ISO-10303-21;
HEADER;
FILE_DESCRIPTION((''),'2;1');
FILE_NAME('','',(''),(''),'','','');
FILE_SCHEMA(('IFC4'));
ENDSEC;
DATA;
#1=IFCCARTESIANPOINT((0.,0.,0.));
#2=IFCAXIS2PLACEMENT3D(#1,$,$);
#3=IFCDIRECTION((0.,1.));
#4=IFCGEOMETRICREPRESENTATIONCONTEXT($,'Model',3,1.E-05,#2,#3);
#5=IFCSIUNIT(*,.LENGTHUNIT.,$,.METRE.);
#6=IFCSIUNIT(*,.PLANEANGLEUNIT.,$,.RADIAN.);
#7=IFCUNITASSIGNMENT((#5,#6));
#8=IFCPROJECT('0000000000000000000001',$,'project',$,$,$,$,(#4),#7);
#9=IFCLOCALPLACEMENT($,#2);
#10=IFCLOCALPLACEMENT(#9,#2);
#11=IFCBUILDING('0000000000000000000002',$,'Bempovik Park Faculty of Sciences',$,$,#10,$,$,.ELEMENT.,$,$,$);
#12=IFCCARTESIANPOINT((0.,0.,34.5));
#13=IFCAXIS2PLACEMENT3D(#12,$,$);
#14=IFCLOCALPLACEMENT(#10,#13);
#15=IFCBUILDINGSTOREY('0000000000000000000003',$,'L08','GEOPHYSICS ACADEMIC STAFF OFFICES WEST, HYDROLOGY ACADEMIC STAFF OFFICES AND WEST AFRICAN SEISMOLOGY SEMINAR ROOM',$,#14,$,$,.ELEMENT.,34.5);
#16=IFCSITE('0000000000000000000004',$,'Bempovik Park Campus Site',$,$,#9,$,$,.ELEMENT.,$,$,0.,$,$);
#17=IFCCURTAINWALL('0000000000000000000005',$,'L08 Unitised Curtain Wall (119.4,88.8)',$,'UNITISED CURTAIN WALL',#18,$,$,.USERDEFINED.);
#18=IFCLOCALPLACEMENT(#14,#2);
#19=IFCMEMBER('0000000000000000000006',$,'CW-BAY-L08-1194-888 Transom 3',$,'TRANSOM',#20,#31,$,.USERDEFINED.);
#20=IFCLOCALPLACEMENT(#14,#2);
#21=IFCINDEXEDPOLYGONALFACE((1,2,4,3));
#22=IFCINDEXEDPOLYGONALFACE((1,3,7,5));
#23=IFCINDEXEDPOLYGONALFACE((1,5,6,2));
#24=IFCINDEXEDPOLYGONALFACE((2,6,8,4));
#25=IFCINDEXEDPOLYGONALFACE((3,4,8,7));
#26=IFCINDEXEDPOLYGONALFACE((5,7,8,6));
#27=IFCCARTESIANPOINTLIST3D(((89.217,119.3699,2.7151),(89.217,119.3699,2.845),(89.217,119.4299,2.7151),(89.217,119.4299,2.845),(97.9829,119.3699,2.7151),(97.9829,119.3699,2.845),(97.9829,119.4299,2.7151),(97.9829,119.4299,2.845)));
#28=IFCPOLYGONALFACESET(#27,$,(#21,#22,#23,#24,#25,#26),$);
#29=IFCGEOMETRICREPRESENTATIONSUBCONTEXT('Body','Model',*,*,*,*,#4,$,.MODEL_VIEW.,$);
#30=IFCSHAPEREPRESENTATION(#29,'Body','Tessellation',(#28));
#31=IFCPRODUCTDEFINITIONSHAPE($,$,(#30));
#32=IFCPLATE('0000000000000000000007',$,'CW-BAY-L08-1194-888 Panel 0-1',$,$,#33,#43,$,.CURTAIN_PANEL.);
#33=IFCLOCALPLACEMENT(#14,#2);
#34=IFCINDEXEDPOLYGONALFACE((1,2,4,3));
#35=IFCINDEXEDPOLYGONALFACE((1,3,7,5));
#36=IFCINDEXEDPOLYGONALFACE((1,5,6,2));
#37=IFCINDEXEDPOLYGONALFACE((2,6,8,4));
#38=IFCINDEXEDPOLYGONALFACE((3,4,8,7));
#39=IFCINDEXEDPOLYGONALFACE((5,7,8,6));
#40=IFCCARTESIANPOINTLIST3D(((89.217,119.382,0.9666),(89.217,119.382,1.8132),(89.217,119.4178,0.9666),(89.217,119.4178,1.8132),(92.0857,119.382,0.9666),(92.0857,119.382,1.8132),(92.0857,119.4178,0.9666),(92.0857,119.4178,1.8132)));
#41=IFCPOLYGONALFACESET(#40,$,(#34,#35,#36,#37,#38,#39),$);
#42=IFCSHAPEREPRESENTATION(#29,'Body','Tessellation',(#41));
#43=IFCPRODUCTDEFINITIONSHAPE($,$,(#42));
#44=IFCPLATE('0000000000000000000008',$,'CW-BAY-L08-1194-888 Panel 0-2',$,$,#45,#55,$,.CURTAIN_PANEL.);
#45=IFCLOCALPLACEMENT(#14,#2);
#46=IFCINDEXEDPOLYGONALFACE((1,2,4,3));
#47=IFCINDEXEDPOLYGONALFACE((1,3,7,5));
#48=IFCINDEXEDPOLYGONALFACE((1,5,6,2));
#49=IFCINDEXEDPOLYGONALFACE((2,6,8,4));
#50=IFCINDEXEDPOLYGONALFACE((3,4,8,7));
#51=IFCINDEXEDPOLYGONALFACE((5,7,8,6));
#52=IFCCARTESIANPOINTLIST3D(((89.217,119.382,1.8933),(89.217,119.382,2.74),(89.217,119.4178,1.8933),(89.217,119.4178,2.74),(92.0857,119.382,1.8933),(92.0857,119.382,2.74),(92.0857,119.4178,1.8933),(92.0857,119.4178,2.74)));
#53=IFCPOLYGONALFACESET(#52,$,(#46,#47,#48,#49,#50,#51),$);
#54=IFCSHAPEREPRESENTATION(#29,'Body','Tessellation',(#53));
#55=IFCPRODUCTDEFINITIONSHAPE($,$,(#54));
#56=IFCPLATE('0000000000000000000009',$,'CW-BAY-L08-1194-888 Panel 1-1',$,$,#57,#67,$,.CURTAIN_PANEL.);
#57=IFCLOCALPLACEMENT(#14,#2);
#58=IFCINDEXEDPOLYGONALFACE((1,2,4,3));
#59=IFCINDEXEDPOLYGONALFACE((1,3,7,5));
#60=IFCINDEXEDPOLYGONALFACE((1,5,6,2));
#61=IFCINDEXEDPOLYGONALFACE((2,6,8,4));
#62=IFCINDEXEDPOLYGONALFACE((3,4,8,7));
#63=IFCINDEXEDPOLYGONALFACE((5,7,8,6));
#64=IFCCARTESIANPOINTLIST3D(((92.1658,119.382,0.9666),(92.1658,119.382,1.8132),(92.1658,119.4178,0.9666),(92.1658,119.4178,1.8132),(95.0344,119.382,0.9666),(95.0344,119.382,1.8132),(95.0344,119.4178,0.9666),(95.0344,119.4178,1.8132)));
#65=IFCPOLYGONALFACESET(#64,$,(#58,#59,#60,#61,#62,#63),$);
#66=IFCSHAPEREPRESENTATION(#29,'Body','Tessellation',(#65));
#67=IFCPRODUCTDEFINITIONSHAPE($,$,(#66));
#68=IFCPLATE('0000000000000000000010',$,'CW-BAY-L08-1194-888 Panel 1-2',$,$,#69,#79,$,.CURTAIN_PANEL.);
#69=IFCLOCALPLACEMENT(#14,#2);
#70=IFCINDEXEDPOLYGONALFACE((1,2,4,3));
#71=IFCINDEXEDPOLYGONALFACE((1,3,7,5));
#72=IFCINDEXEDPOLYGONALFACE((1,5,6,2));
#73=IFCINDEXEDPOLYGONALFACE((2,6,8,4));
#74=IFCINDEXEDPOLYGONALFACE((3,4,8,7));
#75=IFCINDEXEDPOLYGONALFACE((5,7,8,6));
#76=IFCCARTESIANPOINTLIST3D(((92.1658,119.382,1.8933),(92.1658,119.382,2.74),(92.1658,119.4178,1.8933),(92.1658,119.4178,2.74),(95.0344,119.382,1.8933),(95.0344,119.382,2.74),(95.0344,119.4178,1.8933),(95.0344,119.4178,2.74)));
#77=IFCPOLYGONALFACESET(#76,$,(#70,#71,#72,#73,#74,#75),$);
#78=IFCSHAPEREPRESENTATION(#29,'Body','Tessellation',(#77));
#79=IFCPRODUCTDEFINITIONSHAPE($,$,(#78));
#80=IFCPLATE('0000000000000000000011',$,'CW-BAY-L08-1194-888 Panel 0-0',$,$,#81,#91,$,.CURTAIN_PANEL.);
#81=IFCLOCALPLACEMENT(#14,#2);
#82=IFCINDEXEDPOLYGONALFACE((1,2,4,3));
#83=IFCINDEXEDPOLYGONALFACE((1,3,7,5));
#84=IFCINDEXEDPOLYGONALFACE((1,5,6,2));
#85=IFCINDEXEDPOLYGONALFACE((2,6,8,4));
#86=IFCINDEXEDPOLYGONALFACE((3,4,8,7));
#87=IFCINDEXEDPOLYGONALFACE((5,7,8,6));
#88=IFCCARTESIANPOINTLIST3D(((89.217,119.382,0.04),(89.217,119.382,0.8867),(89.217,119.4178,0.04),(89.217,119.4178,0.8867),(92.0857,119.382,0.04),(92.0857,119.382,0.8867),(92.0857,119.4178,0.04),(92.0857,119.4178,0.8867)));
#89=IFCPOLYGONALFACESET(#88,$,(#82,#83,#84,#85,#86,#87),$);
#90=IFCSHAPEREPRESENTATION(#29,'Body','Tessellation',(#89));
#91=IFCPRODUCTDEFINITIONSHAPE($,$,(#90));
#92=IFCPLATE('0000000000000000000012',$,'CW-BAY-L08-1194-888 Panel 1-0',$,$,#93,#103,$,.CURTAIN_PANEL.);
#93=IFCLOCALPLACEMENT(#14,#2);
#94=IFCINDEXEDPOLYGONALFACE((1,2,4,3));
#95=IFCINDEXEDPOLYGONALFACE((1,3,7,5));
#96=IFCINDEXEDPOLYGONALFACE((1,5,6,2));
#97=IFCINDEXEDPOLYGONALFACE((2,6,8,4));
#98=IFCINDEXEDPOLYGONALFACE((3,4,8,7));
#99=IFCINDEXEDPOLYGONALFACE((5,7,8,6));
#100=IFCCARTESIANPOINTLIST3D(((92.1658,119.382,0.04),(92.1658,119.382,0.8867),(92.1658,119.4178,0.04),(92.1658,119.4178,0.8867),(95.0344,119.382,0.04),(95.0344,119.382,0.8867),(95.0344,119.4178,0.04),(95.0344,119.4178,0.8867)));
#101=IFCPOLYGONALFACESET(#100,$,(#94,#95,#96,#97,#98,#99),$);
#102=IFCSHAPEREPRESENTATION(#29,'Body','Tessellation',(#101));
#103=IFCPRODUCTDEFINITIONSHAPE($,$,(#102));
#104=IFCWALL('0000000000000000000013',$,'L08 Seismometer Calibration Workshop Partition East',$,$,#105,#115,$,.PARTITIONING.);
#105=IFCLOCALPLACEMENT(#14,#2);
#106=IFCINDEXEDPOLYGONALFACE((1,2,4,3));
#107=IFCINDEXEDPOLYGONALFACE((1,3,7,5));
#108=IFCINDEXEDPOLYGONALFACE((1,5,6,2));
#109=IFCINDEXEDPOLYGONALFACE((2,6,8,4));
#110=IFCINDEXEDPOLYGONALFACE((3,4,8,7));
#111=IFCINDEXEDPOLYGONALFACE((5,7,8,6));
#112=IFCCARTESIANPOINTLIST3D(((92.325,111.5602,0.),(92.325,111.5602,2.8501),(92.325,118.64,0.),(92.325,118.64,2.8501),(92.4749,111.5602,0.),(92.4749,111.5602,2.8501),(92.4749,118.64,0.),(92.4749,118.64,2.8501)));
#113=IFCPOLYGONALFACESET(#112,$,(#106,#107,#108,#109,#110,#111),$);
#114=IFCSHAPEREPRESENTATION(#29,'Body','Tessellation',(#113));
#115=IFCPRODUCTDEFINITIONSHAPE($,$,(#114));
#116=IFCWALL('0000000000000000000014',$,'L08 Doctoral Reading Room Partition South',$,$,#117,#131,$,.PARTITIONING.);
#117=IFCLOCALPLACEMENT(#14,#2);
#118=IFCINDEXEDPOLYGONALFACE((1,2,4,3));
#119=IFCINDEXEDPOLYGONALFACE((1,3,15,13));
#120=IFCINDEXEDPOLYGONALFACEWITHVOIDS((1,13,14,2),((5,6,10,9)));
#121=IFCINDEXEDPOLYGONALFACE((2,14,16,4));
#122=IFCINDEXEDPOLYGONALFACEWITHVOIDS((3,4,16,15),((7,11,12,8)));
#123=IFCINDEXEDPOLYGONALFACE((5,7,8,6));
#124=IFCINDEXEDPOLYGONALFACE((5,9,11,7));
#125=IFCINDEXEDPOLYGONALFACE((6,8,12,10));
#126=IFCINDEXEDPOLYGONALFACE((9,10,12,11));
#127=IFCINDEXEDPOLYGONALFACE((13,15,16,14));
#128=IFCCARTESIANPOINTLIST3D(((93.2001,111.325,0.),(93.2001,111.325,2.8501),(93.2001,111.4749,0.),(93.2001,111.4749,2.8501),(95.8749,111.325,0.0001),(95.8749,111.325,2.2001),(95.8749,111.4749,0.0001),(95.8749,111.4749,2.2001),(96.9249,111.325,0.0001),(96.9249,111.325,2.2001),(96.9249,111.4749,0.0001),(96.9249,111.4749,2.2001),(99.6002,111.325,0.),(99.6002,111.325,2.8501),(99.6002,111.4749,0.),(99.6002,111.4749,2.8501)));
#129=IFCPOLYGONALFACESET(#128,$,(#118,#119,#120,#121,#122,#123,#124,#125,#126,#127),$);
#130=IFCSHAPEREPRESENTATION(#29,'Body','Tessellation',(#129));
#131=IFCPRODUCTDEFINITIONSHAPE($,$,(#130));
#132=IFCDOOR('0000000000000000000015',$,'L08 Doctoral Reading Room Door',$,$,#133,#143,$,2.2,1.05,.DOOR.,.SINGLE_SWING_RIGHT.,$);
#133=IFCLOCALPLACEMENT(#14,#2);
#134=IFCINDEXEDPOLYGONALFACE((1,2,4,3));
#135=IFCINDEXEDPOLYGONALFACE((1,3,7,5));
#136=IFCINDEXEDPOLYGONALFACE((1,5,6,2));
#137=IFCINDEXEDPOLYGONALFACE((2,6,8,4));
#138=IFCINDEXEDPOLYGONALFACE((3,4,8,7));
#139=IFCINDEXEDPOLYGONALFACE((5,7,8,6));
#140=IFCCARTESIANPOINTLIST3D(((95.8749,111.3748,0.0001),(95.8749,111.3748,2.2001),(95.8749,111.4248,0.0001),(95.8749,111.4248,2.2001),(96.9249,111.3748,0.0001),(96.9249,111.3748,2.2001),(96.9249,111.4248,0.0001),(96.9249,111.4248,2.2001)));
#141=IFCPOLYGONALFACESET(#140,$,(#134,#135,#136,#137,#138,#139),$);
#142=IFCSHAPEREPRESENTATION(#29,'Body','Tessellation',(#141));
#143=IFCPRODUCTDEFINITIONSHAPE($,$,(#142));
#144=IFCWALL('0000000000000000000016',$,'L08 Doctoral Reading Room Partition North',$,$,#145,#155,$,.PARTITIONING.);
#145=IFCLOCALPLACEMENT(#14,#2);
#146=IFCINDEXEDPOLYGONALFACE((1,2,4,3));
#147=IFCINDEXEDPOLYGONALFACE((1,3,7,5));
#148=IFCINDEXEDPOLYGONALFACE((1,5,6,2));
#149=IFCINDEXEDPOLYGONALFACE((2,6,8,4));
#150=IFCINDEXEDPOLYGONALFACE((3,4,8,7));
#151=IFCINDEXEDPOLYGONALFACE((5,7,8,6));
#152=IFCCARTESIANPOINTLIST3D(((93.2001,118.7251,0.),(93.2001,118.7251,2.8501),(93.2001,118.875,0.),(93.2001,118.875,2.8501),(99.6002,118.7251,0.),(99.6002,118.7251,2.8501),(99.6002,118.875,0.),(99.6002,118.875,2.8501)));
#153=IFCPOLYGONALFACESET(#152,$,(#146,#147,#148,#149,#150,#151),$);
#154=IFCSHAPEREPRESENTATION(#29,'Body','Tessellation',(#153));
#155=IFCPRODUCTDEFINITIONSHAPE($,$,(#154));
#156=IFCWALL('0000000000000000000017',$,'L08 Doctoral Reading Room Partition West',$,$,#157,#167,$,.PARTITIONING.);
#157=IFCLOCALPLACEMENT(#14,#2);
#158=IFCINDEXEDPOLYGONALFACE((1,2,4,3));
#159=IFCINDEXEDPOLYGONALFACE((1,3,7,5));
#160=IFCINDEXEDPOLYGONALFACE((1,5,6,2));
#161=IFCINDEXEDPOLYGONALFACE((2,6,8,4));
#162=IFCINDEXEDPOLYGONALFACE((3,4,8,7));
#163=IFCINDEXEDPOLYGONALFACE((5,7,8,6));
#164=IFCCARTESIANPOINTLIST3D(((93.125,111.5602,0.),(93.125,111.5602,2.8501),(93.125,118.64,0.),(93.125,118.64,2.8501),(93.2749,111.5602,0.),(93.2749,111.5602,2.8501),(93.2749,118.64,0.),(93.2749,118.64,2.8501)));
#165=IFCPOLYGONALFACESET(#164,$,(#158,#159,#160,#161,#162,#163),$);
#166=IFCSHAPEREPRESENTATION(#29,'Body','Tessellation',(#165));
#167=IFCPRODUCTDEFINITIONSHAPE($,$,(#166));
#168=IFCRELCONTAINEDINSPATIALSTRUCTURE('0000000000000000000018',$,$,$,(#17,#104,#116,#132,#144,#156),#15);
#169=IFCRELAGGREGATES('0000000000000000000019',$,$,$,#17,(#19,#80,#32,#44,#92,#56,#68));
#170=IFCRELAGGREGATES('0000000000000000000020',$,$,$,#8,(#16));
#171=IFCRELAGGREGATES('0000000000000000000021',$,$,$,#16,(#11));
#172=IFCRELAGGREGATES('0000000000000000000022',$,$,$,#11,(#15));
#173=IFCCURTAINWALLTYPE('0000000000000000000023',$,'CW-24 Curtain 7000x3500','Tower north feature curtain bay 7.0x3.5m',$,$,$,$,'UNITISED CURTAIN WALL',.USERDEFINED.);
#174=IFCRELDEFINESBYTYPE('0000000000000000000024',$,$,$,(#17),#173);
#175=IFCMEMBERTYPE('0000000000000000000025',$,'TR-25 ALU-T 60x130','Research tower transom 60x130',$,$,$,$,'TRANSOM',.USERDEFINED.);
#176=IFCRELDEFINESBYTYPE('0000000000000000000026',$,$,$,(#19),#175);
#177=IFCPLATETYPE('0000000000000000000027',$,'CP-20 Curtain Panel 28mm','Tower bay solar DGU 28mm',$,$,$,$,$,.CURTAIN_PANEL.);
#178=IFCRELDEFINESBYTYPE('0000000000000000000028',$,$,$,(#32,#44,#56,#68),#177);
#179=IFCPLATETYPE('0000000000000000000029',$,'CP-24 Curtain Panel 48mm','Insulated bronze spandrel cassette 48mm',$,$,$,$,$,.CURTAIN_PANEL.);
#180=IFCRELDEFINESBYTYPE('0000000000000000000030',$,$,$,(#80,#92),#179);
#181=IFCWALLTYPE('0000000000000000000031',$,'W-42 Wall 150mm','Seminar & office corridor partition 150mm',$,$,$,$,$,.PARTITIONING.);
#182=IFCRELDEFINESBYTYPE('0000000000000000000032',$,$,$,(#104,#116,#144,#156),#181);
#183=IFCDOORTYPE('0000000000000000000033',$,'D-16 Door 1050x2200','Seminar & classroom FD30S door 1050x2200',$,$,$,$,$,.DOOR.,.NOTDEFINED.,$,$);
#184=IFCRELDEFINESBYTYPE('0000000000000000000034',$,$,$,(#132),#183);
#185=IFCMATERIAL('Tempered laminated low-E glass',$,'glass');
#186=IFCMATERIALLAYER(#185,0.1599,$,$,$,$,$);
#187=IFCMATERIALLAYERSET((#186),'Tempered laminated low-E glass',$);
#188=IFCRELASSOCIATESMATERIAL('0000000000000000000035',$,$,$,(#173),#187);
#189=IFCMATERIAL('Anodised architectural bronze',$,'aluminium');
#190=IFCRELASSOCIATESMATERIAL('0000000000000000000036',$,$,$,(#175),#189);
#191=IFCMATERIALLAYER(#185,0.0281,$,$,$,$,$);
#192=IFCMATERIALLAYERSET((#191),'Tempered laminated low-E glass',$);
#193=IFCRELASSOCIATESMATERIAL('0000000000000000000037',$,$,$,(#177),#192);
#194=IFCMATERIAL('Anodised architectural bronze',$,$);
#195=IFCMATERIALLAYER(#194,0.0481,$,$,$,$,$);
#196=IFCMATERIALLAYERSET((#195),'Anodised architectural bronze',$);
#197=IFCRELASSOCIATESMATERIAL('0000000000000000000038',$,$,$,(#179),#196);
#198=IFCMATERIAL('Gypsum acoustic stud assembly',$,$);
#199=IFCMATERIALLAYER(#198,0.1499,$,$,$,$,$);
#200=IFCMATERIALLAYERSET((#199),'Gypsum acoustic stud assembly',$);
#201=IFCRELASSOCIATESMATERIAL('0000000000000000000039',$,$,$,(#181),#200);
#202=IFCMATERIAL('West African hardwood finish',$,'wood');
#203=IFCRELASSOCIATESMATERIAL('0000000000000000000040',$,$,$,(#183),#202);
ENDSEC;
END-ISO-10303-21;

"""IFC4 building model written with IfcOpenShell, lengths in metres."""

from ifc_helpers import new_model, si_unit, direction, frame, frame_2d, origin, origin_2d, place, context, subcontext, project, spatial, rectangle, extrude, material, layer, layer_set, material_profile, profile_set, type_object, element, fill, aggregate, save


model = new_model("IFC4")

# Units and contexts
model_context = context("Model", 3, precision=1e-05, world=origin(), true_north=direction((0.0, 1.0)))
body_context = subcontext(model_context, "Body", "Model", "MODEL_VIEW")
ifc_project = project(units=[si_unit("LENGTHUNIT", "METRE"), si_unit("PLANEANGLEUNIT", "RADIAN")], contexts=[model_context])

# Site, building, storey
site_placement = place(None, origin())
site = spatial("IfcSite", under=ifc_project, at=site_placement, Name="Bempovik Park Campus Site", CompositionType="ELEMENT", RefElevation=0.0)
building_placement = place(site_placement, origin())
building = spatial("IfcBuilding", under=site, at=building_placement, Name="Bempovik Park Faculty of Sciences", CompositionType="ELEMENT")
storey_placement = place(building_placement, frame((0.0, 0.0, 34.5)))
storey = spatial("IfcBuildingStorey", under=building, at=storey_placement, Name="L08", Description="GEOPHYSICS ACADEMIC STAFF OFFICES WEST, HYDROLOGY ACADEMIC STAFF OFFICES AND WEST AFRICAN SEISMOLOGY SEMINAR ROOM", CompositionType="ELEMENT", Elevation=34.5)

# Curtain wall, member, plates
ifc_material_1 = material(Name="Tempered laminated low-E glass", Category="glass")
ifc_layer_1 = layer(ifc_material_1, 0.1599)
ifc_layer_set_1 = layer_set([ifc_layer_1], Name="Tempered laminated low-E glass")
curtain_wall_type = type_object("IfcCurtainWallType", Name="CW-24 Curtain 7000x3500", Description="Tower north feature curtain bay 7.0x3.5m", ElementType="UNITISED CURTAIN WALL", PredefinedType="USERDEFINED", material=ifc_layer_set_1)
curtain_wall_placement = place(storey_placement, origin())
curtain_wall = element("IfcCurtainWall", 1, at=curtain_wall_placement, inside=storey, type_object=curtain_wall_type, Name="L08 Unitised Curtain Wall (119.4,88.8)", ObjectType="UNITISED CURTAIN WALL", PredefinedType="USERDEFINED")
ifc_material_2 = material(Name="Anodised architectural bronze", Category="aluminium")
ifc_material_profile_1 = material_profile(ifc_material_2, rectangle(XDim=0.0601, YDim=0.1299, at=origin_2d()), Name="ALU-T 60x130")
ifc_profile_set_1 = profile_set([ifc_material_profile_1], Name="Anodised architectural bronze")
member_type_1 = type_object("IfcMemberType", Name="TR-25 ALU-T 60x130", Description="Research tower transom 60x130", ElementType="TRANSOM", PredefinedType="USERDEFINED", material=ifc_profile_set_1)
member_1_placement = place(storey_placement, frame((89.217, 119.3999, 2.78), z_axis=(1.0, 0.0, 0.0), x_axis=(0.0, 1.0, 0.0)))
member_1 = element("IfcMember", 2, at=member_1_placement, type_object=member_type_1, Name="CW-BAY-L08-1194-888 Transom 3", ObjectType="TRANSOM", PredefinedType="USERDEFINED", context=body_context, shape_type="SweptSolid", body=[
    extrude(rectangle(XDim=0.0601, YDim=0.1299, at=origin_2d()), origin(), (0.0, 0.0, 1.0), 8.7659),
])
ifc_layer_2 = layer(ifc_material_1, 0.0281)
ifc_layer_set_2 = layer_set([ifc_layer_2], Name="Tempered laminated low-E glass")
plate_type_1 = type_object("IfcPlateType", Name="CP-20 Curtain Panel 28mm", Description="Tower bay solar DGU 28mm", PredefinedType="CURTAIN_PANEL", material=ifc_layer_set_2)
plate_1_placement = place(storey_placement, frame((90.6514, 119.3999, 0.9666), z_axis=(0.0, 0.0, 1.0), x_axis=(1.0, 0.0, 0.0)))
plate_1 = element("IfcPlate", 3, at=plate_1_placement, type_object=plate_type_1, Name="CW-BAY-L08-1194-888 Panel 0-1", PredefinedType="CURTAIN_PANEL", context=body_context, shape_type="SweptSolid", body=[
    extrude(rectangle(XDim=2.8687, YDim=0.0359, at=origin_2d()), origin(), (0.0, 0.0, 1.0), 0.8467),
])
plate_2_placement = place(storey_placement, frame((90.6514, 119.3999, 1.8933), z_axis=(0.0, 0.0, 1.0), x_axis=(1.0, 0.0, 0.0)))
plate_2 = element("IfcPlate", 4, at=plate_2_placement, type_object=plate_type_1, Name="CW-BAY-L08-1194-888 Panel 0-2", PredefinedType="CURTAIN_PANEL", context=body_context, shape_type="SweptSolid", body=[
    extrude(rectangle(XDim=2.8687, YDim=0.0359, at=origin_2d()), origin(), (0.0, 0.0, 1.0), 0.8467),
])
plate_3_placement = place(storey_placement, frame((93.6001, 119.3999, 0.9666), z_axis=(0.0, 0.0, 1.0), x_axis=(1.0, 0.0, 0.0)))
plate_3 = element("IfcPlate", 5, at=plate_3_placement, type_object=plate_type_1, Name="CW-BAY-L08-1194-888 Panel 1-1", PredefinedType="CURTAIN_PANEL", context=body_context, shape_type="SweptSolid", body=[
    extrude(rectangle(XDim=2.8687, YDim=0.0359, at=origin_2d()), origin(), (0.0, 0.0, 1.0), 0.8467),
])
plate_4_placement = place(storey_placement, frame((93.6001, 119.3999, 1.8933), z_axis=(0.0, 0.0, 1.0), x_axis=(1.0, 0.0, 0.0)))
plate_4 = element("IfcPlate", 6, at=plate_4_placement, type_object=plate_type_1, Name="CW-BAY-L08-1194-888 Panel 1-2", PredefinedType="CURTAIN_PANEL", context=body_context, shape_type="SweptSolid", body=[
    extrude(rectangle(XDim=2.8687, YDim=0.0359, at=origin_2d()), origin(), (0.0, 0.0, 1.0), 0.8467),
])
ifc_material_3 = material(Name="Anodised architectural bronze")
ifc_layer_3 = layer(ifc_material_3, 0.0481)
ifc_layer_set_3 = layer_set([ifc_layer_3], Name="Anodised architectural bronze")
plate_type_2 = type_object("IfcPlateType", Name="CP-24 Curtain Panel 48mm", Description="Insulated bronze spandrel cassette 48mm", PredefinedType="CURTAIN_PANEL", material=ifc_layer_set_3)
plate_5_placement = place(storey_placement, frame((90.6514, 119.3999, 0.04), z_axis=(0.0, 0.0, 1.0), x_axis=(1.0, 0.0, 0.0)))
plate_5 = element("IfcPlate", 7, at=plate_5_placement, type_object=plate_type_2, Name="CW-BAY-L08-1194-888 Panel 0-0", PredefinedType="CURTAIN_PANEL", context=body_context, shape_type="SweptSolid", body=[
    extrude(rectangle(XDim=2.8687, YDim=0.0359, at=origin_2d()), origin(), (0.0, 0.0, 1.0), 0.8467),
])
plate_6_placement = place(storey_placement, frame((93.6001, 119.3999, 0.04), z_axis=(0.0, 0.0, 1.0), x_axis=(1.0, 0.0, 0.0)))
plate_6 = element("IfcPlate", 8, at=plate_6_placement, type_object=plate_type_2, Name="CW-BAY-L08-1194-888 Panel 1-0", PredefinedType="CURTAIN_PANEL", context=body_context, shape_type="SweptSolid", body=[
    extrude(rectangle(XDim=2.8687, YDim=0.0359, at=origin_2d()), origin(), (0.0, 0.0, 1.0), 0.8467),
])
aggregate(curtain_wall, [member_1, plate_5, plate_1, plate_2, plate_6, plate_3, plate_4])

# Wall
ifc_material_4 = material(Name="Gypsum acoustic stud assembly")
ifc_layer_4 = layer(ifc_material_4, 0.1499)
ifc_layer_set_4 = layer_set([ifc_layer_4], Name="Gypsum acoustic stud assembly")
wall_type = type_object("IfcWallType", Name="W-42 Wall 150mm", Description="Seminar & office corridor partition 150mm", PredefinedType="PARTITIONING", material=ifc_layer_set_4)
wall_1_placement = place(storey_placement, frame((92.3999, 111.5601, 0.0), z_axis=(0.0, 0.0, 1.0), x_axis=(0.0, 1.0, 0.0)))
element("IfcWall", 9, at=wall_1_placement, inside=storey, type_object=wall_type, Name="L08 Seismometer Calibration Workshop Partition East", PredefinedType="PARTITIONING", context=body_context, shape_type="SweptSolid", body=[
    extrude(rectangle(XDim=7.0798, YDim=0.1499, at=frame_2d((3.54, 0.0))), origin(), (0.0, 0.0, 1.0), 2.8501),
])

# Wall, opening, door
wall_2_placement = place(storey_placement, frame((93.2, 111.3999, 0.0), z_axis=(0.0, 0.0, 1.0), x_axis=(1.0, 0.0, 0.0)))
wall_2 = element("IfcWall", 10, at=wall_2_placement, inside=storey, type_object=wall_type, Name="L08 Doctoral Reading Room Partition South", PredefinedType="PARTITIONING", context=body_context, shape_type="SweptSolid", body=[
    extrude(rectangle(XDim=6.4001, YDim=0.1499, at=frame_2d((3.2002, 0.0))), origin(), (0.0, 0.0, 1.0), 2.8501),
])
opening_placement = place(wall_2_placement, frame((2.675, 0.0, 0.0)))
opening = element("IfcOpeningElement", 11, at=opening_placement, cuts=wall_2, PredefinedType="OPENING", context=body_context, shape_type="SweptSolid", body=[
    extrude(rectangle(XDim=1.05, YDim=2.2, at=frame_2d((0.5249, 1.1001))), frame((0.0, 0.085, 0.0), z_axis=(0.0, -1.0, 0.0), x_axis=(1.0, 0.0, 0.0)), (0.0, 0.0, 1.0), 0.1699),
])
ifc_material_5 = material(Name="West African hardwood finish", Category="wood")
door_type = type_object("IfcDoorType", Name="D-16 Door 1050x2200", Description="Seminar & classroom FD30S door 1050x2200", OperationType="NOTDEFINED", PredefinedType="DOOR", material=ifc_material_5)
door_placement = place(opening_placement, origin())
door = element("IfcDoor", 12, at=door_placement, inside=storey, type_object=door_type, Name="L08 Doctoral Reading Room Door", OperationType="SINGLE_SWING_RIGHT", OverallHeight=2.2, OverallWidth=1.05, PredefinedType="DOOR", context=body_context, shape_type="SweptSolid", body=[
    extrude(rectangle(XDim=1.05, YDim=2.2, at=frame_2d((0.5249, 1.1001))), frame((0.0, 0.0249, 0.0), z_axis=(0.0, -1.0, 0.0), x_axis=(1.0, 0.0, 0.0)), (0.0, 0.0, 1.0), 0.05),
])
fill(opening, door)

# Walls
wall_3_placement = place(storey_placement, frame((93.2, 118.8, 0.0), z_axis=(0.0, 0.0, 1.0), x_axis=(1.0, 0.0, 0.0)))
element("IfcWall", 13, at=wall_3_placement, inside=storey, type_object=wall_type, Name="L08 Doctoral Reading Room Partition North", PredefinedType="PARTITIONING", context=body_context, shape_type="SweptSolid", body=[
    extrude(rectangle(XDim=6.4001, YDim=0.1499, at=frame_2d((3.2002, 0.0))), origin(), (0.0, 0.0, 1.0), 2.8501),
])
wall_4_placement = place(storey_placement, frame((93.2, 111.5601, 0.0), z_axis=(0.0, 0.0, 1.0), x_axis=(0.0, 1.0, 0.0)))
element("IfcWall", 14, at=wall_4_placement, inside=storey, type_object=wall_type, Name="L08 Doctoral Reading Room Partition West", PredefinedType="PARTITIONING", context=body_context, shape_type="SweptSolid", body=[
    extrude(rectangle(XDim=7.0798, YDim=0.1499, at=frame_2d((3.54, 0.0))), origin(), (0.0, 0.0, 1.0), 2.8501),
])

save(model, "model.ifc")
